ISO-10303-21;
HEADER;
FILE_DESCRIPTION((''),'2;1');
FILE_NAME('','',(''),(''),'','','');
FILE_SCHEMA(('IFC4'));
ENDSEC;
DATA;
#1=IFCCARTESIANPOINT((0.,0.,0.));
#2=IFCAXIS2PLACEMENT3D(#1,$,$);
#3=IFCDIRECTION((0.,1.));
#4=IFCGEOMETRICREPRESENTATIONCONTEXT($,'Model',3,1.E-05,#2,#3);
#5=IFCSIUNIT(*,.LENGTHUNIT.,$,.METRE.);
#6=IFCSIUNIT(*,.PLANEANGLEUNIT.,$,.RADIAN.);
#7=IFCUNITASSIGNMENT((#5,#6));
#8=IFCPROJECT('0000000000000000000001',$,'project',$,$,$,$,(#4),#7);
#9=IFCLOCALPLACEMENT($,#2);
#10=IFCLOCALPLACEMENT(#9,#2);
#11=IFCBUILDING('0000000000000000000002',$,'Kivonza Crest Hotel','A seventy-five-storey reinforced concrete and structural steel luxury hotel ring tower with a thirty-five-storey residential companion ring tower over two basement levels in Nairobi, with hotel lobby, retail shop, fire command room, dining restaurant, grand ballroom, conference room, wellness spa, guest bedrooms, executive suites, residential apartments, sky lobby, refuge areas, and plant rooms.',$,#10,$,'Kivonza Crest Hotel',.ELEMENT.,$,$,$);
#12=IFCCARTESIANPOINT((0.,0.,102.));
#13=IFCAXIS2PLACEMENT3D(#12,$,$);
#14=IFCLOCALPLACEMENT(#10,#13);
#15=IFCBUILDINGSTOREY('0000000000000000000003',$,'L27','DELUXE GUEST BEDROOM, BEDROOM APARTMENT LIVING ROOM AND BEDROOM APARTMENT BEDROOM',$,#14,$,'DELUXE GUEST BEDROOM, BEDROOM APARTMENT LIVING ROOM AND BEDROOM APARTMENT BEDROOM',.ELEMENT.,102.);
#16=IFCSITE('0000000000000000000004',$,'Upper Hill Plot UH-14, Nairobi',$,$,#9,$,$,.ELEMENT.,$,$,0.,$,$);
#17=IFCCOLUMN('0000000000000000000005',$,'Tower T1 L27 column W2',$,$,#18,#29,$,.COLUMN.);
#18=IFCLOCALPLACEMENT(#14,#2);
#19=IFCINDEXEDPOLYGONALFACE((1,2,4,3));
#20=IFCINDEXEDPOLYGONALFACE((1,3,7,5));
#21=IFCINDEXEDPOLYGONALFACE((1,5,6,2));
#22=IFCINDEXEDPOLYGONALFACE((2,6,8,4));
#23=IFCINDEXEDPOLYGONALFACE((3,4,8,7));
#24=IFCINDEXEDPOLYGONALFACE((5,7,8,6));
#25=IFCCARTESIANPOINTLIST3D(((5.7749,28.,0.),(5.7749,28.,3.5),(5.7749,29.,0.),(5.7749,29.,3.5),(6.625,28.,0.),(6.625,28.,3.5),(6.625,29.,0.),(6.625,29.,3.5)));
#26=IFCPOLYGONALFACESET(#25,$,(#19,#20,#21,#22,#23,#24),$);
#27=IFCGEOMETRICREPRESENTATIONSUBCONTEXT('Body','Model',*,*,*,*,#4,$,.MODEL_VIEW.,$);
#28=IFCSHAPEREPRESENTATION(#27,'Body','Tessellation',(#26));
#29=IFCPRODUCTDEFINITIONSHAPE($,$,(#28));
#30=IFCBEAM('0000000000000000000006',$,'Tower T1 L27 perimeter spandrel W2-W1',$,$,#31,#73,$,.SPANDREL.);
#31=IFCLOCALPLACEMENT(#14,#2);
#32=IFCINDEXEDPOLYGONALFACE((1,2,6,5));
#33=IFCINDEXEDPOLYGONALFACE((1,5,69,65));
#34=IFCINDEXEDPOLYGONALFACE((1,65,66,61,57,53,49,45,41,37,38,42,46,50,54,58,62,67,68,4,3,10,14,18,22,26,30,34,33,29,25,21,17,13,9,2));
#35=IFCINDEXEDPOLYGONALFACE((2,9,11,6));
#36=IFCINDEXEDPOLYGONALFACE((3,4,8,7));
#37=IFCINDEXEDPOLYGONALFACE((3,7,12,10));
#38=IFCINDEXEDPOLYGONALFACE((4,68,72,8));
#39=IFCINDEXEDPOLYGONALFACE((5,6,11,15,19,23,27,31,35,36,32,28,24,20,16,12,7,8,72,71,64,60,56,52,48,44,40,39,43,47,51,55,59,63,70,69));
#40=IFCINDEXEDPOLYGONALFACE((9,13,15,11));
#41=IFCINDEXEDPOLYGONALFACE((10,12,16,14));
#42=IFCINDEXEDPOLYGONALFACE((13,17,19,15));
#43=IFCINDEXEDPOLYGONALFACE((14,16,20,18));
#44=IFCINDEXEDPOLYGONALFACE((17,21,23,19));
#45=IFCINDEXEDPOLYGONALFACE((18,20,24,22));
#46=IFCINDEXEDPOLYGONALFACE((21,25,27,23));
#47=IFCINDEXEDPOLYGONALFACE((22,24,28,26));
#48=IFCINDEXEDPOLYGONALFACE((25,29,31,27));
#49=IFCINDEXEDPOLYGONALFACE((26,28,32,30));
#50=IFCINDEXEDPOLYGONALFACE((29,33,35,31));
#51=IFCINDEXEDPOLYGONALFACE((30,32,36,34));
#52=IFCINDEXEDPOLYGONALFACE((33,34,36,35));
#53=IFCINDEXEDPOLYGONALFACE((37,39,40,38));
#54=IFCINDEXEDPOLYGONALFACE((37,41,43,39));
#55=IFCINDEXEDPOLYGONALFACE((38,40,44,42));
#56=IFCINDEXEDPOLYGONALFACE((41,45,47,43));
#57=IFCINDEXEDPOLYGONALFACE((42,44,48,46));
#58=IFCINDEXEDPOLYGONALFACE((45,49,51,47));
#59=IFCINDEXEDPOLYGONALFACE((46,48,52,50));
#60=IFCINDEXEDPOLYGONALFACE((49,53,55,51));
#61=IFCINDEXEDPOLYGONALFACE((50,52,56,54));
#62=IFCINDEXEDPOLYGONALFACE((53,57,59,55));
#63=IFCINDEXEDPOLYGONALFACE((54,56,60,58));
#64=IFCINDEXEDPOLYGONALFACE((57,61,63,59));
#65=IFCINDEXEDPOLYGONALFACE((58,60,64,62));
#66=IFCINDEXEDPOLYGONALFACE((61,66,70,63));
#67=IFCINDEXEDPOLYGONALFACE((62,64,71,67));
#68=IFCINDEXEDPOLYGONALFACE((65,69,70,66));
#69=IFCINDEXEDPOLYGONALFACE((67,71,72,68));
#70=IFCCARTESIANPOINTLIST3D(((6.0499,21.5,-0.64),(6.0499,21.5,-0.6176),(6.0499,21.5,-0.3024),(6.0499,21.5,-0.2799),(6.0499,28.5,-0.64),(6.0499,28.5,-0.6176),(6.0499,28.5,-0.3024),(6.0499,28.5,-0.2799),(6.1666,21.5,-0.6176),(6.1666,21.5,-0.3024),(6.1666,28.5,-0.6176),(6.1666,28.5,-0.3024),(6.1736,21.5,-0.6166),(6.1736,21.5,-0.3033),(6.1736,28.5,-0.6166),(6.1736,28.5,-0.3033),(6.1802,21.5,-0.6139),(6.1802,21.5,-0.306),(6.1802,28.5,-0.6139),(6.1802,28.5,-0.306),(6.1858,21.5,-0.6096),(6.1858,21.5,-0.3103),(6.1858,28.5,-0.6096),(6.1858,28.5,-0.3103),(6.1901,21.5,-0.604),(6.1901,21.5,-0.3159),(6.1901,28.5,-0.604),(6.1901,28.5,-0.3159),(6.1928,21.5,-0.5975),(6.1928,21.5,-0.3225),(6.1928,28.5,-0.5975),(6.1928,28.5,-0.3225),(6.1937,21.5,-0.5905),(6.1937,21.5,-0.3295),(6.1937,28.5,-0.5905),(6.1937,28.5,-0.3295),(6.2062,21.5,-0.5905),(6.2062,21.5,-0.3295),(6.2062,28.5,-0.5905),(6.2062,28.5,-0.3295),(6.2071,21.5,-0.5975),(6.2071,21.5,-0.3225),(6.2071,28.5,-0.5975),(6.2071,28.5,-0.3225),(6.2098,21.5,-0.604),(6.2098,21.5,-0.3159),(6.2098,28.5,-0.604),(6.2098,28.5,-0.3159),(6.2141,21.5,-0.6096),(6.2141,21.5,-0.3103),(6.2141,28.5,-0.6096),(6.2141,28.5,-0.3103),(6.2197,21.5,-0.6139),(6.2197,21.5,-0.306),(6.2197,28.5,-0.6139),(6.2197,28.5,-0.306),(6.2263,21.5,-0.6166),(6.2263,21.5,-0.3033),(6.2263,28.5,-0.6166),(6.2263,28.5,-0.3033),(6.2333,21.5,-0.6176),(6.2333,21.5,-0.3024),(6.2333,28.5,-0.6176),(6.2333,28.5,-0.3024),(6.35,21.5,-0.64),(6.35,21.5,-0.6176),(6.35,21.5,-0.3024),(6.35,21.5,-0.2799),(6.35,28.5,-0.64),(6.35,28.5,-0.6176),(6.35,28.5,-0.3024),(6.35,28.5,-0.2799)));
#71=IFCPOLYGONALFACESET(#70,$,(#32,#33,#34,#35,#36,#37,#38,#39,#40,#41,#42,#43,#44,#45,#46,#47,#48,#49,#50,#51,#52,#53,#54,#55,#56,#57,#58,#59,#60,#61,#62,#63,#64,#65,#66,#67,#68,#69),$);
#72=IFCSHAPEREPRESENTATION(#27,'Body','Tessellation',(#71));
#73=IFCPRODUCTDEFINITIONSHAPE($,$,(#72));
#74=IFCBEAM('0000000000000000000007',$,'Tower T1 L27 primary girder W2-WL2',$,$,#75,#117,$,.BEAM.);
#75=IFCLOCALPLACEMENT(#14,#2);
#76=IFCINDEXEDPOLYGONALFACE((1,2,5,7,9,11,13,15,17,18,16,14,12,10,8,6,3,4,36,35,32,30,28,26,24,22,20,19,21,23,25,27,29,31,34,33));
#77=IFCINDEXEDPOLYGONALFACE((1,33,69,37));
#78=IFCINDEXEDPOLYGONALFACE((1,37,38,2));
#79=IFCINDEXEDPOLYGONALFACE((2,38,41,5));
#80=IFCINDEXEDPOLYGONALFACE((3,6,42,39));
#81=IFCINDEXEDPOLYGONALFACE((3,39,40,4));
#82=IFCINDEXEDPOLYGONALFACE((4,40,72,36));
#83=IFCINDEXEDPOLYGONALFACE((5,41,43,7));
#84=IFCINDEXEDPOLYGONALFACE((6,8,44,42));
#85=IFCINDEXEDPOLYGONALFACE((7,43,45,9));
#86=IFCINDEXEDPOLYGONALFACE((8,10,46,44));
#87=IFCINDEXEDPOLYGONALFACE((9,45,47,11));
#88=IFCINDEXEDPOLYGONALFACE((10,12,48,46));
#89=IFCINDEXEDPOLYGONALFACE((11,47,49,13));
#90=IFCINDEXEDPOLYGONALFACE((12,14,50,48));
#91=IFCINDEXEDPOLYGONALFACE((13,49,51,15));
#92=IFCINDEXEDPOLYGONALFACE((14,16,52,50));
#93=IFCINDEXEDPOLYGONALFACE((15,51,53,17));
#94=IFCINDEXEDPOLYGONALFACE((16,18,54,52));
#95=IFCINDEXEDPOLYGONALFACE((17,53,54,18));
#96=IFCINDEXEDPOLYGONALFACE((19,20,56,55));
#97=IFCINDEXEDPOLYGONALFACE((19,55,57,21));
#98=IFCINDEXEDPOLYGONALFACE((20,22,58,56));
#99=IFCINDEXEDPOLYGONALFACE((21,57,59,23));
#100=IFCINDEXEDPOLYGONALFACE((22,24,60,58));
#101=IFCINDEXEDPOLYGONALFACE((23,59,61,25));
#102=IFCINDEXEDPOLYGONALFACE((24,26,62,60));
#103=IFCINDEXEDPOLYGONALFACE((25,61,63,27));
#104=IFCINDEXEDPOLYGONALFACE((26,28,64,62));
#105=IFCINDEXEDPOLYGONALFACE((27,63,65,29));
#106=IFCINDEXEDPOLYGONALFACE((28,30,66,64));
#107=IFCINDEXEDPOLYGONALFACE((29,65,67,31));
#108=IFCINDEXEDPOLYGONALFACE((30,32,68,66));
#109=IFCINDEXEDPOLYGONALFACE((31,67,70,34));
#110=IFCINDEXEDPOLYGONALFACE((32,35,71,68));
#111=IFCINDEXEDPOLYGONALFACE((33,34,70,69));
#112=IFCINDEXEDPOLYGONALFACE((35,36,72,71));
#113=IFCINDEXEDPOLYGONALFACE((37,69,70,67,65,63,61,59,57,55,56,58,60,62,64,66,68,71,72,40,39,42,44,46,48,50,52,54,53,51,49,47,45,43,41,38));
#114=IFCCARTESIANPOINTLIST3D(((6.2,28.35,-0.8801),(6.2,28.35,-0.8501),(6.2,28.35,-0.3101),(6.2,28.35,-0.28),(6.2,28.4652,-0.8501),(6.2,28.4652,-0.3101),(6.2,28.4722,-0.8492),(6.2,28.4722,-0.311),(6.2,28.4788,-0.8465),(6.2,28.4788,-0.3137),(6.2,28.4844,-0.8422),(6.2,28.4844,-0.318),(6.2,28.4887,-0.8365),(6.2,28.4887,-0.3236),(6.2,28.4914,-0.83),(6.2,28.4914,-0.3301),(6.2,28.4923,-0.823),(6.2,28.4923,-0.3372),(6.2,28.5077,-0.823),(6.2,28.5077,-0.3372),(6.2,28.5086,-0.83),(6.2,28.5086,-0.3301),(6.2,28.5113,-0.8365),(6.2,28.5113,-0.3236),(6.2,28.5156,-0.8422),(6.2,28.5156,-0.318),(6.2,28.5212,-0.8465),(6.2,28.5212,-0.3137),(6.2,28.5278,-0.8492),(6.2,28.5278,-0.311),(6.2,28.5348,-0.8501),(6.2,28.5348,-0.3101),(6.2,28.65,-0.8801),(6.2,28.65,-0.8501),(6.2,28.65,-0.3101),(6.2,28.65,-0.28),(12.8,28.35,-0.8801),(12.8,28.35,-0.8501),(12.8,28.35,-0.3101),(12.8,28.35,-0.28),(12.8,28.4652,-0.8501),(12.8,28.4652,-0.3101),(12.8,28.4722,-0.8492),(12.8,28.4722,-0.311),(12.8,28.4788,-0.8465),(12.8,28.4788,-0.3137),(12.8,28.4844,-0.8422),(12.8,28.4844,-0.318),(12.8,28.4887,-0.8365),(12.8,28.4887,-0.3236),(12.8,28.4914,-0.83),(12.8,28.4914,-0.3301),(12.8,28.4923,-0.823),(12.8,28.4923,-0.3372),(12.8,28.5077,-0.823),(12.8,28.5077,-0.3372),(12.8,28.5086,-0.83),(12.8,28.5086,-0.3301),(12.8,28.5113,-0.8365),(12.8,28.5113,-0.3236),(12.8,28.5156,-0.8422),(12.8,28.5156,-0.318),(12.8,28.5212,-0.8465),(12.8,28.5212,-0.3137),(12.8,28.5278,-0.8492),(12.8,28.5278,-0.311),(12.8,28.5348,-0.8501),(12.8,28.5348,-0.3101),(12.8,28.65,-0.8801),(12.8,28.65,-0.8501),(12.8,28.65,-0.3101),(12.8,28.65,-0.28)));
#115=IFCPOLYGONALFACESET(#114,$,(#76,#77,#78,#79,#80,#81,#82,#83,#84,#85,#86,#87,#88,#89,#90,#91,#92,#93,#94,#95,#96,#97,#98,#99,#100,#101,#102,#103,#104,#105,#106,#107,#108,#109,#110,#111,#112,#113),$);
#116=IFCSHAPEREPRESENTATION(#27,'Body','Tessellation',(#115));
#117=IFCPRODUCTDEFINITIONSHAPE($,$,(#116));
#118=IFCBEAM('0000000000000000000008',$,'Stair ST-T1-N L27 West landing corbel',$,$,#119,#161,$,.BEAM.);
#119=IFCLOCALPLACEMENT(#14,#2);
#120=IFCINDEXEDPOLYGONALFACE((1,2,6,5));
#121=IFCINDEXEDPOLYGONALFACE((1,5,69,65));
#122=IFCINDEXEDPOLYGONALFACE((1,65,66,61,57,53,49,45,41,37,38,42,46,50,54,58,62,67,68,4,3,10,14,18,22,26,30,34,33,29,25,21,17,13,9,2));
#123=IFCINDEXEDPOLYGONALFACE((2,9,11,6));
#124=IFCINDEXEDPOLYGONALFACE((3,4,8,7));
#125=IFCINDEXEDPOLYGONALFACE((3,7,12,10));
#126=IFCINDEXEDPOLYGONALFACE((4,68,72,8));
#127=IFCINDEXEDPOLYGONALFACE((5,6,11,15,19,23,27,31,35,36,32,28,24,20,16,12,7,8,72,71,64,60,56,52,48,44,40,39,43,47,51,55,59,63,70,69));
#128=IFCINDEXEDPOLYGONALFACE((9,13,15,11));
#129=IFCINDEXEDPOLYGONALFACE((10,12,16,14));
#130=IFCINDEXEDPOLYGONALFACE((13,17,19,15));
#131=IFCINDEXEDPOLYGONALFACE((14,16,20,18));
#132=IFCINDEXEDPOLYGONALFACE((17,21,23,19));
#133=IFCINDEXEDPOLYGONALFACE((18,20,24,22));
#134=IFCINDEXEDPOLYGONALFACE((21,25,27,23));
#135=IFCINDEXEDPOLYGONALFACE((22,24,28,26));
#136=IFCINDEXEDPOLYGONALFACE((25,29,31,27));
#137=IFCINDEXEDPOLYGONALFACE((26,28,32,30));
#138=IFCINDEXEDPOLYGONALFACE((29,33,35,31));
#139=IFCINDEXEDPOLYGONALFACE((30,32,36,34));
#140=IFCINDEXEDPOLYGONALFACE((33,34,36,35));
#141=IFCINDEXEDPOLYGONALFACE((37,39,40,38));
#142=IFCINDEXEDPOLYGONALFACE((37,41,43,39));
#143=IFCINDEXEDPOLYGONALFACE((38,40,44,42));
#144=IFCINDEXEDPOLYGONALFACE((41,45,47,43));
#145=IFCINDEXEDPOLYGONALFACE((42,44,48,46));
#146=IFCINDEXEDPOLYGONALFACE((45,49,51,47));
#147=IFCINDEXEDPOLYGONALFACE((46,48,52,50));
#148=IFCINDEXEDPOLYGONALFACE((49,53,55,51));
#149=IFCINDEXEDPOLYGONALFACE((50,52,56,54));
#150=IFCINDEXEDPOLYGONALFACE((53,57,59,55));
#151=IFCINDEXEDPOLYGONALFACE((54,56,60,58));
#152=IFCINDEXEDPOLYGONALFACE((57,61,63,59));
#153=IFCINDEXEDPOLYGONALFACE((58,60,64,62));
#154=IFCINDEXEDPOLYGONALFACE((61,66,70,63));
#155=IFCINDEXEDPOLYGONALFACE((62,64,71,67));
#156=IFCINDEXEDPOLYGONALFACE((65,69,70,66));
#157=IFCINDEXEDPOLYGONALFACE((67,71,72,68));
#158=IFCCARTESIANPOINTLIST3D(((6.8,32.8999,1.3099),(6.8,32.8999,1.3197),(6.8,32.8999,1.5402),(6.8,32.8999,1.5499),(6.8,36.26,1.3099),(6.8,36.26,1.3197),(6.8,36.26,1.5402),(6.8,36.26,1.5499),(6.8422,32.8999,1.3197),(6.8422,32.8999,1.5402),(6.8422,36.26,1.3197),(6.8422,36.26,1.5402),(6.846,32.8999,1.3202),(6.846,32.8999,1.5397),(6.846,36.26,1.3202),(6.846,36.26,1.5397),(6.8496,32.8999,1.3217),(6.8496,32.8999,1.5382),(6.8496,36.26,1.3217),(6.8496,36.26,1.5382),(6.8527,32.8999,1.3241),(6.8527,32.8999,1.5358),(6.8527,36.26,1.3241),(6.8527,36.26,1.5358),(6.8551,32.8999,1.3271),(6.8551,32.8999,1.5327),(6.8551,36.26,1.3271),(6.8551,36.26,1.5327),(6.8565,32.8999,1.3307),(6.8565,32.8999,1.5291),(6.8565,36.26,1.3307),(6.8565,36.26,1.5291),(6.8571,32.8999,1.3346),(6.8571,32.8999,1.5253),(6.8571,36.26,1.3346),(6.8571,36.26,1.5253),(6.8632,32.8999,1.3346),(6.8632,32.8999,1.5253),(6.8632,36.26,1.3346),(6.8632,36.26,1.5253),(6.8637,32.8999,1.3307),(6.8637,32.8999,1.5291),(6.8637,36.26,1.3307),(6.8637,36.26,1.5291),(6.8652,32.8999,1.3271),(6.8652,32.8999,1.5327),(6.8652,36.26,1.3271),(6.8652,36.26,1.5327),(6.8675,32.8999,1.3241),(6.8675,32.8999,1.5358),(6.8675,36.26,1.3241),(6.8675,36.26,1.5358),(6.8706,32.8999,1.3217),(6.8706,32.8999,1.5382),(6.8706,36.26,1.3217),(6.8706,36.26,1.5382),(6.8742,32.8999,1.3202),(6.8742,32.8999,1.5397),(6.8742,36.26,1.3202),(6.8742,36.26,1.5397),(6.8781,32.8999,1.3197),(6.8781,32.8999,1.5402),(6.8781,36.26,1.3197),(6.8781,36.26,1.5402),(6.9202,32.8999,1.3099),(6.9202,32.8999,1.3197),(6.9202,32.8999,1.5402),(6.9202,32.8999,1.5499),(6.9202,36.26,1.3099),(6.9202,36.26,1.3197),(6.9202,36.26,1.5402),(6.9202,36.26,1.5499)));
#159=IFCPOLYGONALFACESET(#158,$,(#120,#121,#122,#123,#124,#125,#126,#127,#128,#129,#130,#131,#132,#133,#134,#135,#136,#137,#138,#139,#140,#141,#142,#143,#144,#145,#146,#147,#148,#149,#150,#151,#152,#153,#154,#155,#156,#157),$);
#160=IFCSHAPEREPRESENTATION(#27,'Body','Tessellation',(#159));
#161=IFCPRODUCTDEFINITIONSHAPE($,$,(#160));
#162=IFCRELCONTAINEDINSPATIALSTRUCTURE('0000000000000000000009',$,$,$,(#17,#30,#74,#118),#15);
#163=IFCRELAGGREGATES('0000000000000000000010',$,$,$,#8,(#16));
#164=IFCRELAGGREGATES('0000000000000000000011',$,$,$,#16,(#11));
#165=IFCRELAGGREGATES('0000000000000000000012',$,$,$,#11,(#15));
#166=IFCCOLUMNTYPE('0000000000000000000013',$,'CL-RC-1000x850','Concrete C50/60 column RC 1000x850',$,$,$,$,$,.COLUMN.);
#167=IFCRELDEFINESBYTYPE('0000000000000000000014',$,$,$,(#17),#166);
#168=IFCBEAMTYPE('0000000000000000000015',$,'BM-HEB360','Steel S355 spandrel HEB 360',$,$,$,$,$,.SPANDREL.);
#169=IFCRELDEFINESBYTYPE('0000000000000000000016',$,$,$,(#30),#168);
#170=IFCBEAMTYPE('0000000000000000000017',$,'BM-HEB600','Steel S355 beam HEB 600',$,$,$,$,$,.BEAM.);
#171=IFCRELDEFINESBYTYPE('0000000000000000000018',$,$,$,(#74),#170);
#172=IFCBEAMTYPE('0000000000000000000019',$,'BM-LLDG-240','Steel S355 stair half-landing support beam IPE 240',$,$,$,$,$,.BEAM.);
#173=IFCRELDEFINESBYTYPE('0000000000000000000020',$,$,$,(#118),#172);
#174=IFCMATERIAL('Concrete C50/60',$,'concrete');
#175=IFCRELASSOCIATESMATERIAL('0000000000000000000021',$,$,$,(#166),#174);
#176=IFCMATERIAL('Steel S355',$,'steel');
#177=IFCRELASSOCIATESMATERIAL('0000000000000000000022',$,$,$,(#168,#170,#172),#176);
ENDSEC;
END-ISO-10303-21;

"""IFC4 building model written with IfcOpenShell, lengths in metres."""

from ifc_helpers import new_model, si_unit, direction, frame, origin, origin_2d, place, context, subcontext, project, spatial, rectangle, i_section, extrude, material, material_profile, profile_set, type_object, element, save


model = new_model("IFC4")

# Units and contexts
model_context = context("Model", 3, precision=1e-05, world=origin(), true_north=direction((0.0, 1.0)))
body_context = subcontext(model_context, "Body", "Model", "MODEL_VIEW")
ifc_project = project(units=[si_unit("LENGTHUNIT", "METRE"), si_unit("PLANEANGLEUNIT", "RADIAN")], contexts=[model_context])

# Site, building, storey
site_placement = place(None, origin())
site = spatial("IfcSite", under=ifc_project, at=site_placement, Name="Upper Hill Plot UH-14, Nairobi", CompositionType="ELEMENT", RefElevation=0.0)
building_placement = place(site_placement, origin())
building = spatial("IfcBuilding", under=site, at=building_placement, Name="Kivonza Crest Hotel", Description="A seventy-five-storey reinforced concrete and structural steel luxury hotel ring tower with a thirty-five-storey residential companion ring tower over two basement levels in Nairobi, with hotel lobby, retail shop, fire command room, dining restaurant, grand ballroom, conference room, wellness spa, guest bedrooms, executive suites, residential apartments, sky lobby, refuge areas, and plant rooms.", LongName="Kivonza Crest Hotel", CompositionType="ELEMENT")
storey_placement = place(building_placement, frame((0.0, 0.0, 102.0)))
storey = spatial("IfcBuildingStorey", under=building, at=storey_placement, Name="L27", Description="DELUXE GUEST BEDROOM, BEDROOM APARTMENT LIVING ROOM AND BEDROOM APARTMENT BEDROOM", LongName="DELUXE GUEST BEDROOM, BEDROOM APARTMENT LIVING ROOM AND BEDROOM APARTMENT BEDROOM", CompositionType="ELEMENT", Elevation=102.0)

# Column
ifc_material_1 = material(Name="Concrete C50/60", Category="concrete")
ifc_material_profile_1 = material_profile(ifc_material_1, rectangle(XDim=0.8501, YDim=1.0, at=origin_2d()), Name="RC 1000x850")
ifc_profile_set_1 = profile_set([ifc_material_profile_1], Name="Concrete C50/60")
column_type = type_object("IfcColumnType", Name="CL-RC-1000x850", Description="Concrete C50/60 column RC 1000x850", PredefinedType="COLUMN", material=ifc_profile_set_1)
column_placement = place(storey_placement, frame((6.2, 28.5, 0.0), z_axis=(0.0, 0.0, 1.0), x_axis=(1.0, 0.0, 0.0)))
element("IfcColumn", 1, at=column_placement, inside=storey, type_object=column_type, Name="Tower T1 L27 column W2", PredefinedType="COLUMN", context=body_context, shape_type="SweptSolid", body=[
    extrude(rectangle(XDim=0.8501, YDim=1.0, at=origin_2d()), origin(), (0.0, 0.0, 1.0), 3.5),
])

# Beams
ifc_material_2 = material(Name="Steel S355", Category="steel")
ifc_material_profile_2 = material_profile(ifc_material_2, i_section(OverallWidth=0.3, OverallDepth=0.3601, WebThickness=0.0125, FlangeThickness=0.0225, FilletRadius=0.0271, at=origin_2d()), Name="HEB 360")
ifc_profile_set_2 = profile_set([ifc_material_profile_2], Name="Steel S355")
beam_type_1 = type_object("IfcBeamType", Name="BM-HEB360", Description="Steel S355 spandrel HEB 360", PredefinedType="SPANDREL", material=ifc_profile_set_2)
beam_1_placement = place(storey_placement, frame((6.2, 28.5, -0.46), z_axis=(0.0, -1.0, 0.0), x_axis=(1.0, 0.0, 0.0)))
element("IfcBeam", 2, at=beam_1_placement, inside=storey, type_object=beam_type_1, Name="Tower T1 L27 perimeter spandrel W2-W1", PredefinedType="SPANDREL", context=body_context, shape_type="SweptSolid", body=[
    extrude(i_section(OverallWidth=0.3, OverallDepth=0.3601, WebThickness=0.0125, FlangeThickness=0.0225, FilletRadius=0.0271, at=origin_2d()), origin(), (0.0, 0.0, 1.0), 7.0),
])
ifc_material_profile_3 = material_profile(ifc_material_2, i_section(OverallWidth=0.3, OverallDepth=0.6001, WebThickness=0.0154, FlangeThickness=0.03, FilletRadius=0.0271, at=origin_2d()), Name="HEB 600")
ifc_profile_set_3 = profile_set([ifc_material_profile_3], Name="Steel S355")
beam_type_2 = type_object("IfcBeamType", Name="BM-HEB600", Description="Steel S355 beam HEB 600", PredefinedType="BEAM", material=ifc_profile_set_3)
beam_2_placement = place(storey_placement, frame((6.2, 28.5, -0.5801), z_axis=(1.0, 0.0, 0.0), x_axis=(0.0, 1.0, 0.0)))
element("IfcBeam", 3, at=beam_2_placement, inside=storey, type_object=beam_type_2, Name="Tower T1 L27 primary girder W2-WL2", PredefinedType="BEAM", context=body_context, shape_type="SweptSolid", body=[
    extrude(i_section(OverallWidth=0.3, OverallDepth=0.6001, WebThickness=0.0154, FlangeThickness=0.03, FilletRadius=0.0271, at=origin_2d()), origin(), (0.0, 0.0, 1.0), 6.6001),
])
ifc_material_profile_4 = material_profile(ifc_material_2, i_section(OverallWidth=0.1201, OverallDepth=0.24, WebThickness=0.0061, FlangeThickness=0.0098, FilletRadius=0.0149, at=origin_2d()), Name="IPE 240")
ifc_profile_set_4 = profile_set([ifc_material_profile_4], Name="Steel S355")
beam_type_3 = type_object("IfcBeamType", Name="BM-LLDG-240", Description="Steel S355 stair half-landing support beam IPE 240", PredefinedType="BEAM", material=ifc_profile_set_4)
beam_3_placement = place(storey_placement, frame((6.8601, 32.8999, 1.4299), z_axis=(0.0, 1.0, 0.0), x_axis=(-1.0, 0.0, 0.0)))
element("IfcBeam", 4, at=beam_3_placement, inside=storey, type_object=beam_type_3, Name="Stair ST-T1-N L27 West landing corbel", PredefinedType="BEAM", context=body_context, shape_type="SweptSolid", body=[
    extrude(i_section(OverallWidth=0.1201, OverallDepth=0.24, WebThickness=0.0061, FlangeThickness=0.0098, FilletRadius=0.0149, at=origin_2d()), origin(), (0.0, 0.0, 1.0), 3.3601),
])

save(model, "model.ifc")
